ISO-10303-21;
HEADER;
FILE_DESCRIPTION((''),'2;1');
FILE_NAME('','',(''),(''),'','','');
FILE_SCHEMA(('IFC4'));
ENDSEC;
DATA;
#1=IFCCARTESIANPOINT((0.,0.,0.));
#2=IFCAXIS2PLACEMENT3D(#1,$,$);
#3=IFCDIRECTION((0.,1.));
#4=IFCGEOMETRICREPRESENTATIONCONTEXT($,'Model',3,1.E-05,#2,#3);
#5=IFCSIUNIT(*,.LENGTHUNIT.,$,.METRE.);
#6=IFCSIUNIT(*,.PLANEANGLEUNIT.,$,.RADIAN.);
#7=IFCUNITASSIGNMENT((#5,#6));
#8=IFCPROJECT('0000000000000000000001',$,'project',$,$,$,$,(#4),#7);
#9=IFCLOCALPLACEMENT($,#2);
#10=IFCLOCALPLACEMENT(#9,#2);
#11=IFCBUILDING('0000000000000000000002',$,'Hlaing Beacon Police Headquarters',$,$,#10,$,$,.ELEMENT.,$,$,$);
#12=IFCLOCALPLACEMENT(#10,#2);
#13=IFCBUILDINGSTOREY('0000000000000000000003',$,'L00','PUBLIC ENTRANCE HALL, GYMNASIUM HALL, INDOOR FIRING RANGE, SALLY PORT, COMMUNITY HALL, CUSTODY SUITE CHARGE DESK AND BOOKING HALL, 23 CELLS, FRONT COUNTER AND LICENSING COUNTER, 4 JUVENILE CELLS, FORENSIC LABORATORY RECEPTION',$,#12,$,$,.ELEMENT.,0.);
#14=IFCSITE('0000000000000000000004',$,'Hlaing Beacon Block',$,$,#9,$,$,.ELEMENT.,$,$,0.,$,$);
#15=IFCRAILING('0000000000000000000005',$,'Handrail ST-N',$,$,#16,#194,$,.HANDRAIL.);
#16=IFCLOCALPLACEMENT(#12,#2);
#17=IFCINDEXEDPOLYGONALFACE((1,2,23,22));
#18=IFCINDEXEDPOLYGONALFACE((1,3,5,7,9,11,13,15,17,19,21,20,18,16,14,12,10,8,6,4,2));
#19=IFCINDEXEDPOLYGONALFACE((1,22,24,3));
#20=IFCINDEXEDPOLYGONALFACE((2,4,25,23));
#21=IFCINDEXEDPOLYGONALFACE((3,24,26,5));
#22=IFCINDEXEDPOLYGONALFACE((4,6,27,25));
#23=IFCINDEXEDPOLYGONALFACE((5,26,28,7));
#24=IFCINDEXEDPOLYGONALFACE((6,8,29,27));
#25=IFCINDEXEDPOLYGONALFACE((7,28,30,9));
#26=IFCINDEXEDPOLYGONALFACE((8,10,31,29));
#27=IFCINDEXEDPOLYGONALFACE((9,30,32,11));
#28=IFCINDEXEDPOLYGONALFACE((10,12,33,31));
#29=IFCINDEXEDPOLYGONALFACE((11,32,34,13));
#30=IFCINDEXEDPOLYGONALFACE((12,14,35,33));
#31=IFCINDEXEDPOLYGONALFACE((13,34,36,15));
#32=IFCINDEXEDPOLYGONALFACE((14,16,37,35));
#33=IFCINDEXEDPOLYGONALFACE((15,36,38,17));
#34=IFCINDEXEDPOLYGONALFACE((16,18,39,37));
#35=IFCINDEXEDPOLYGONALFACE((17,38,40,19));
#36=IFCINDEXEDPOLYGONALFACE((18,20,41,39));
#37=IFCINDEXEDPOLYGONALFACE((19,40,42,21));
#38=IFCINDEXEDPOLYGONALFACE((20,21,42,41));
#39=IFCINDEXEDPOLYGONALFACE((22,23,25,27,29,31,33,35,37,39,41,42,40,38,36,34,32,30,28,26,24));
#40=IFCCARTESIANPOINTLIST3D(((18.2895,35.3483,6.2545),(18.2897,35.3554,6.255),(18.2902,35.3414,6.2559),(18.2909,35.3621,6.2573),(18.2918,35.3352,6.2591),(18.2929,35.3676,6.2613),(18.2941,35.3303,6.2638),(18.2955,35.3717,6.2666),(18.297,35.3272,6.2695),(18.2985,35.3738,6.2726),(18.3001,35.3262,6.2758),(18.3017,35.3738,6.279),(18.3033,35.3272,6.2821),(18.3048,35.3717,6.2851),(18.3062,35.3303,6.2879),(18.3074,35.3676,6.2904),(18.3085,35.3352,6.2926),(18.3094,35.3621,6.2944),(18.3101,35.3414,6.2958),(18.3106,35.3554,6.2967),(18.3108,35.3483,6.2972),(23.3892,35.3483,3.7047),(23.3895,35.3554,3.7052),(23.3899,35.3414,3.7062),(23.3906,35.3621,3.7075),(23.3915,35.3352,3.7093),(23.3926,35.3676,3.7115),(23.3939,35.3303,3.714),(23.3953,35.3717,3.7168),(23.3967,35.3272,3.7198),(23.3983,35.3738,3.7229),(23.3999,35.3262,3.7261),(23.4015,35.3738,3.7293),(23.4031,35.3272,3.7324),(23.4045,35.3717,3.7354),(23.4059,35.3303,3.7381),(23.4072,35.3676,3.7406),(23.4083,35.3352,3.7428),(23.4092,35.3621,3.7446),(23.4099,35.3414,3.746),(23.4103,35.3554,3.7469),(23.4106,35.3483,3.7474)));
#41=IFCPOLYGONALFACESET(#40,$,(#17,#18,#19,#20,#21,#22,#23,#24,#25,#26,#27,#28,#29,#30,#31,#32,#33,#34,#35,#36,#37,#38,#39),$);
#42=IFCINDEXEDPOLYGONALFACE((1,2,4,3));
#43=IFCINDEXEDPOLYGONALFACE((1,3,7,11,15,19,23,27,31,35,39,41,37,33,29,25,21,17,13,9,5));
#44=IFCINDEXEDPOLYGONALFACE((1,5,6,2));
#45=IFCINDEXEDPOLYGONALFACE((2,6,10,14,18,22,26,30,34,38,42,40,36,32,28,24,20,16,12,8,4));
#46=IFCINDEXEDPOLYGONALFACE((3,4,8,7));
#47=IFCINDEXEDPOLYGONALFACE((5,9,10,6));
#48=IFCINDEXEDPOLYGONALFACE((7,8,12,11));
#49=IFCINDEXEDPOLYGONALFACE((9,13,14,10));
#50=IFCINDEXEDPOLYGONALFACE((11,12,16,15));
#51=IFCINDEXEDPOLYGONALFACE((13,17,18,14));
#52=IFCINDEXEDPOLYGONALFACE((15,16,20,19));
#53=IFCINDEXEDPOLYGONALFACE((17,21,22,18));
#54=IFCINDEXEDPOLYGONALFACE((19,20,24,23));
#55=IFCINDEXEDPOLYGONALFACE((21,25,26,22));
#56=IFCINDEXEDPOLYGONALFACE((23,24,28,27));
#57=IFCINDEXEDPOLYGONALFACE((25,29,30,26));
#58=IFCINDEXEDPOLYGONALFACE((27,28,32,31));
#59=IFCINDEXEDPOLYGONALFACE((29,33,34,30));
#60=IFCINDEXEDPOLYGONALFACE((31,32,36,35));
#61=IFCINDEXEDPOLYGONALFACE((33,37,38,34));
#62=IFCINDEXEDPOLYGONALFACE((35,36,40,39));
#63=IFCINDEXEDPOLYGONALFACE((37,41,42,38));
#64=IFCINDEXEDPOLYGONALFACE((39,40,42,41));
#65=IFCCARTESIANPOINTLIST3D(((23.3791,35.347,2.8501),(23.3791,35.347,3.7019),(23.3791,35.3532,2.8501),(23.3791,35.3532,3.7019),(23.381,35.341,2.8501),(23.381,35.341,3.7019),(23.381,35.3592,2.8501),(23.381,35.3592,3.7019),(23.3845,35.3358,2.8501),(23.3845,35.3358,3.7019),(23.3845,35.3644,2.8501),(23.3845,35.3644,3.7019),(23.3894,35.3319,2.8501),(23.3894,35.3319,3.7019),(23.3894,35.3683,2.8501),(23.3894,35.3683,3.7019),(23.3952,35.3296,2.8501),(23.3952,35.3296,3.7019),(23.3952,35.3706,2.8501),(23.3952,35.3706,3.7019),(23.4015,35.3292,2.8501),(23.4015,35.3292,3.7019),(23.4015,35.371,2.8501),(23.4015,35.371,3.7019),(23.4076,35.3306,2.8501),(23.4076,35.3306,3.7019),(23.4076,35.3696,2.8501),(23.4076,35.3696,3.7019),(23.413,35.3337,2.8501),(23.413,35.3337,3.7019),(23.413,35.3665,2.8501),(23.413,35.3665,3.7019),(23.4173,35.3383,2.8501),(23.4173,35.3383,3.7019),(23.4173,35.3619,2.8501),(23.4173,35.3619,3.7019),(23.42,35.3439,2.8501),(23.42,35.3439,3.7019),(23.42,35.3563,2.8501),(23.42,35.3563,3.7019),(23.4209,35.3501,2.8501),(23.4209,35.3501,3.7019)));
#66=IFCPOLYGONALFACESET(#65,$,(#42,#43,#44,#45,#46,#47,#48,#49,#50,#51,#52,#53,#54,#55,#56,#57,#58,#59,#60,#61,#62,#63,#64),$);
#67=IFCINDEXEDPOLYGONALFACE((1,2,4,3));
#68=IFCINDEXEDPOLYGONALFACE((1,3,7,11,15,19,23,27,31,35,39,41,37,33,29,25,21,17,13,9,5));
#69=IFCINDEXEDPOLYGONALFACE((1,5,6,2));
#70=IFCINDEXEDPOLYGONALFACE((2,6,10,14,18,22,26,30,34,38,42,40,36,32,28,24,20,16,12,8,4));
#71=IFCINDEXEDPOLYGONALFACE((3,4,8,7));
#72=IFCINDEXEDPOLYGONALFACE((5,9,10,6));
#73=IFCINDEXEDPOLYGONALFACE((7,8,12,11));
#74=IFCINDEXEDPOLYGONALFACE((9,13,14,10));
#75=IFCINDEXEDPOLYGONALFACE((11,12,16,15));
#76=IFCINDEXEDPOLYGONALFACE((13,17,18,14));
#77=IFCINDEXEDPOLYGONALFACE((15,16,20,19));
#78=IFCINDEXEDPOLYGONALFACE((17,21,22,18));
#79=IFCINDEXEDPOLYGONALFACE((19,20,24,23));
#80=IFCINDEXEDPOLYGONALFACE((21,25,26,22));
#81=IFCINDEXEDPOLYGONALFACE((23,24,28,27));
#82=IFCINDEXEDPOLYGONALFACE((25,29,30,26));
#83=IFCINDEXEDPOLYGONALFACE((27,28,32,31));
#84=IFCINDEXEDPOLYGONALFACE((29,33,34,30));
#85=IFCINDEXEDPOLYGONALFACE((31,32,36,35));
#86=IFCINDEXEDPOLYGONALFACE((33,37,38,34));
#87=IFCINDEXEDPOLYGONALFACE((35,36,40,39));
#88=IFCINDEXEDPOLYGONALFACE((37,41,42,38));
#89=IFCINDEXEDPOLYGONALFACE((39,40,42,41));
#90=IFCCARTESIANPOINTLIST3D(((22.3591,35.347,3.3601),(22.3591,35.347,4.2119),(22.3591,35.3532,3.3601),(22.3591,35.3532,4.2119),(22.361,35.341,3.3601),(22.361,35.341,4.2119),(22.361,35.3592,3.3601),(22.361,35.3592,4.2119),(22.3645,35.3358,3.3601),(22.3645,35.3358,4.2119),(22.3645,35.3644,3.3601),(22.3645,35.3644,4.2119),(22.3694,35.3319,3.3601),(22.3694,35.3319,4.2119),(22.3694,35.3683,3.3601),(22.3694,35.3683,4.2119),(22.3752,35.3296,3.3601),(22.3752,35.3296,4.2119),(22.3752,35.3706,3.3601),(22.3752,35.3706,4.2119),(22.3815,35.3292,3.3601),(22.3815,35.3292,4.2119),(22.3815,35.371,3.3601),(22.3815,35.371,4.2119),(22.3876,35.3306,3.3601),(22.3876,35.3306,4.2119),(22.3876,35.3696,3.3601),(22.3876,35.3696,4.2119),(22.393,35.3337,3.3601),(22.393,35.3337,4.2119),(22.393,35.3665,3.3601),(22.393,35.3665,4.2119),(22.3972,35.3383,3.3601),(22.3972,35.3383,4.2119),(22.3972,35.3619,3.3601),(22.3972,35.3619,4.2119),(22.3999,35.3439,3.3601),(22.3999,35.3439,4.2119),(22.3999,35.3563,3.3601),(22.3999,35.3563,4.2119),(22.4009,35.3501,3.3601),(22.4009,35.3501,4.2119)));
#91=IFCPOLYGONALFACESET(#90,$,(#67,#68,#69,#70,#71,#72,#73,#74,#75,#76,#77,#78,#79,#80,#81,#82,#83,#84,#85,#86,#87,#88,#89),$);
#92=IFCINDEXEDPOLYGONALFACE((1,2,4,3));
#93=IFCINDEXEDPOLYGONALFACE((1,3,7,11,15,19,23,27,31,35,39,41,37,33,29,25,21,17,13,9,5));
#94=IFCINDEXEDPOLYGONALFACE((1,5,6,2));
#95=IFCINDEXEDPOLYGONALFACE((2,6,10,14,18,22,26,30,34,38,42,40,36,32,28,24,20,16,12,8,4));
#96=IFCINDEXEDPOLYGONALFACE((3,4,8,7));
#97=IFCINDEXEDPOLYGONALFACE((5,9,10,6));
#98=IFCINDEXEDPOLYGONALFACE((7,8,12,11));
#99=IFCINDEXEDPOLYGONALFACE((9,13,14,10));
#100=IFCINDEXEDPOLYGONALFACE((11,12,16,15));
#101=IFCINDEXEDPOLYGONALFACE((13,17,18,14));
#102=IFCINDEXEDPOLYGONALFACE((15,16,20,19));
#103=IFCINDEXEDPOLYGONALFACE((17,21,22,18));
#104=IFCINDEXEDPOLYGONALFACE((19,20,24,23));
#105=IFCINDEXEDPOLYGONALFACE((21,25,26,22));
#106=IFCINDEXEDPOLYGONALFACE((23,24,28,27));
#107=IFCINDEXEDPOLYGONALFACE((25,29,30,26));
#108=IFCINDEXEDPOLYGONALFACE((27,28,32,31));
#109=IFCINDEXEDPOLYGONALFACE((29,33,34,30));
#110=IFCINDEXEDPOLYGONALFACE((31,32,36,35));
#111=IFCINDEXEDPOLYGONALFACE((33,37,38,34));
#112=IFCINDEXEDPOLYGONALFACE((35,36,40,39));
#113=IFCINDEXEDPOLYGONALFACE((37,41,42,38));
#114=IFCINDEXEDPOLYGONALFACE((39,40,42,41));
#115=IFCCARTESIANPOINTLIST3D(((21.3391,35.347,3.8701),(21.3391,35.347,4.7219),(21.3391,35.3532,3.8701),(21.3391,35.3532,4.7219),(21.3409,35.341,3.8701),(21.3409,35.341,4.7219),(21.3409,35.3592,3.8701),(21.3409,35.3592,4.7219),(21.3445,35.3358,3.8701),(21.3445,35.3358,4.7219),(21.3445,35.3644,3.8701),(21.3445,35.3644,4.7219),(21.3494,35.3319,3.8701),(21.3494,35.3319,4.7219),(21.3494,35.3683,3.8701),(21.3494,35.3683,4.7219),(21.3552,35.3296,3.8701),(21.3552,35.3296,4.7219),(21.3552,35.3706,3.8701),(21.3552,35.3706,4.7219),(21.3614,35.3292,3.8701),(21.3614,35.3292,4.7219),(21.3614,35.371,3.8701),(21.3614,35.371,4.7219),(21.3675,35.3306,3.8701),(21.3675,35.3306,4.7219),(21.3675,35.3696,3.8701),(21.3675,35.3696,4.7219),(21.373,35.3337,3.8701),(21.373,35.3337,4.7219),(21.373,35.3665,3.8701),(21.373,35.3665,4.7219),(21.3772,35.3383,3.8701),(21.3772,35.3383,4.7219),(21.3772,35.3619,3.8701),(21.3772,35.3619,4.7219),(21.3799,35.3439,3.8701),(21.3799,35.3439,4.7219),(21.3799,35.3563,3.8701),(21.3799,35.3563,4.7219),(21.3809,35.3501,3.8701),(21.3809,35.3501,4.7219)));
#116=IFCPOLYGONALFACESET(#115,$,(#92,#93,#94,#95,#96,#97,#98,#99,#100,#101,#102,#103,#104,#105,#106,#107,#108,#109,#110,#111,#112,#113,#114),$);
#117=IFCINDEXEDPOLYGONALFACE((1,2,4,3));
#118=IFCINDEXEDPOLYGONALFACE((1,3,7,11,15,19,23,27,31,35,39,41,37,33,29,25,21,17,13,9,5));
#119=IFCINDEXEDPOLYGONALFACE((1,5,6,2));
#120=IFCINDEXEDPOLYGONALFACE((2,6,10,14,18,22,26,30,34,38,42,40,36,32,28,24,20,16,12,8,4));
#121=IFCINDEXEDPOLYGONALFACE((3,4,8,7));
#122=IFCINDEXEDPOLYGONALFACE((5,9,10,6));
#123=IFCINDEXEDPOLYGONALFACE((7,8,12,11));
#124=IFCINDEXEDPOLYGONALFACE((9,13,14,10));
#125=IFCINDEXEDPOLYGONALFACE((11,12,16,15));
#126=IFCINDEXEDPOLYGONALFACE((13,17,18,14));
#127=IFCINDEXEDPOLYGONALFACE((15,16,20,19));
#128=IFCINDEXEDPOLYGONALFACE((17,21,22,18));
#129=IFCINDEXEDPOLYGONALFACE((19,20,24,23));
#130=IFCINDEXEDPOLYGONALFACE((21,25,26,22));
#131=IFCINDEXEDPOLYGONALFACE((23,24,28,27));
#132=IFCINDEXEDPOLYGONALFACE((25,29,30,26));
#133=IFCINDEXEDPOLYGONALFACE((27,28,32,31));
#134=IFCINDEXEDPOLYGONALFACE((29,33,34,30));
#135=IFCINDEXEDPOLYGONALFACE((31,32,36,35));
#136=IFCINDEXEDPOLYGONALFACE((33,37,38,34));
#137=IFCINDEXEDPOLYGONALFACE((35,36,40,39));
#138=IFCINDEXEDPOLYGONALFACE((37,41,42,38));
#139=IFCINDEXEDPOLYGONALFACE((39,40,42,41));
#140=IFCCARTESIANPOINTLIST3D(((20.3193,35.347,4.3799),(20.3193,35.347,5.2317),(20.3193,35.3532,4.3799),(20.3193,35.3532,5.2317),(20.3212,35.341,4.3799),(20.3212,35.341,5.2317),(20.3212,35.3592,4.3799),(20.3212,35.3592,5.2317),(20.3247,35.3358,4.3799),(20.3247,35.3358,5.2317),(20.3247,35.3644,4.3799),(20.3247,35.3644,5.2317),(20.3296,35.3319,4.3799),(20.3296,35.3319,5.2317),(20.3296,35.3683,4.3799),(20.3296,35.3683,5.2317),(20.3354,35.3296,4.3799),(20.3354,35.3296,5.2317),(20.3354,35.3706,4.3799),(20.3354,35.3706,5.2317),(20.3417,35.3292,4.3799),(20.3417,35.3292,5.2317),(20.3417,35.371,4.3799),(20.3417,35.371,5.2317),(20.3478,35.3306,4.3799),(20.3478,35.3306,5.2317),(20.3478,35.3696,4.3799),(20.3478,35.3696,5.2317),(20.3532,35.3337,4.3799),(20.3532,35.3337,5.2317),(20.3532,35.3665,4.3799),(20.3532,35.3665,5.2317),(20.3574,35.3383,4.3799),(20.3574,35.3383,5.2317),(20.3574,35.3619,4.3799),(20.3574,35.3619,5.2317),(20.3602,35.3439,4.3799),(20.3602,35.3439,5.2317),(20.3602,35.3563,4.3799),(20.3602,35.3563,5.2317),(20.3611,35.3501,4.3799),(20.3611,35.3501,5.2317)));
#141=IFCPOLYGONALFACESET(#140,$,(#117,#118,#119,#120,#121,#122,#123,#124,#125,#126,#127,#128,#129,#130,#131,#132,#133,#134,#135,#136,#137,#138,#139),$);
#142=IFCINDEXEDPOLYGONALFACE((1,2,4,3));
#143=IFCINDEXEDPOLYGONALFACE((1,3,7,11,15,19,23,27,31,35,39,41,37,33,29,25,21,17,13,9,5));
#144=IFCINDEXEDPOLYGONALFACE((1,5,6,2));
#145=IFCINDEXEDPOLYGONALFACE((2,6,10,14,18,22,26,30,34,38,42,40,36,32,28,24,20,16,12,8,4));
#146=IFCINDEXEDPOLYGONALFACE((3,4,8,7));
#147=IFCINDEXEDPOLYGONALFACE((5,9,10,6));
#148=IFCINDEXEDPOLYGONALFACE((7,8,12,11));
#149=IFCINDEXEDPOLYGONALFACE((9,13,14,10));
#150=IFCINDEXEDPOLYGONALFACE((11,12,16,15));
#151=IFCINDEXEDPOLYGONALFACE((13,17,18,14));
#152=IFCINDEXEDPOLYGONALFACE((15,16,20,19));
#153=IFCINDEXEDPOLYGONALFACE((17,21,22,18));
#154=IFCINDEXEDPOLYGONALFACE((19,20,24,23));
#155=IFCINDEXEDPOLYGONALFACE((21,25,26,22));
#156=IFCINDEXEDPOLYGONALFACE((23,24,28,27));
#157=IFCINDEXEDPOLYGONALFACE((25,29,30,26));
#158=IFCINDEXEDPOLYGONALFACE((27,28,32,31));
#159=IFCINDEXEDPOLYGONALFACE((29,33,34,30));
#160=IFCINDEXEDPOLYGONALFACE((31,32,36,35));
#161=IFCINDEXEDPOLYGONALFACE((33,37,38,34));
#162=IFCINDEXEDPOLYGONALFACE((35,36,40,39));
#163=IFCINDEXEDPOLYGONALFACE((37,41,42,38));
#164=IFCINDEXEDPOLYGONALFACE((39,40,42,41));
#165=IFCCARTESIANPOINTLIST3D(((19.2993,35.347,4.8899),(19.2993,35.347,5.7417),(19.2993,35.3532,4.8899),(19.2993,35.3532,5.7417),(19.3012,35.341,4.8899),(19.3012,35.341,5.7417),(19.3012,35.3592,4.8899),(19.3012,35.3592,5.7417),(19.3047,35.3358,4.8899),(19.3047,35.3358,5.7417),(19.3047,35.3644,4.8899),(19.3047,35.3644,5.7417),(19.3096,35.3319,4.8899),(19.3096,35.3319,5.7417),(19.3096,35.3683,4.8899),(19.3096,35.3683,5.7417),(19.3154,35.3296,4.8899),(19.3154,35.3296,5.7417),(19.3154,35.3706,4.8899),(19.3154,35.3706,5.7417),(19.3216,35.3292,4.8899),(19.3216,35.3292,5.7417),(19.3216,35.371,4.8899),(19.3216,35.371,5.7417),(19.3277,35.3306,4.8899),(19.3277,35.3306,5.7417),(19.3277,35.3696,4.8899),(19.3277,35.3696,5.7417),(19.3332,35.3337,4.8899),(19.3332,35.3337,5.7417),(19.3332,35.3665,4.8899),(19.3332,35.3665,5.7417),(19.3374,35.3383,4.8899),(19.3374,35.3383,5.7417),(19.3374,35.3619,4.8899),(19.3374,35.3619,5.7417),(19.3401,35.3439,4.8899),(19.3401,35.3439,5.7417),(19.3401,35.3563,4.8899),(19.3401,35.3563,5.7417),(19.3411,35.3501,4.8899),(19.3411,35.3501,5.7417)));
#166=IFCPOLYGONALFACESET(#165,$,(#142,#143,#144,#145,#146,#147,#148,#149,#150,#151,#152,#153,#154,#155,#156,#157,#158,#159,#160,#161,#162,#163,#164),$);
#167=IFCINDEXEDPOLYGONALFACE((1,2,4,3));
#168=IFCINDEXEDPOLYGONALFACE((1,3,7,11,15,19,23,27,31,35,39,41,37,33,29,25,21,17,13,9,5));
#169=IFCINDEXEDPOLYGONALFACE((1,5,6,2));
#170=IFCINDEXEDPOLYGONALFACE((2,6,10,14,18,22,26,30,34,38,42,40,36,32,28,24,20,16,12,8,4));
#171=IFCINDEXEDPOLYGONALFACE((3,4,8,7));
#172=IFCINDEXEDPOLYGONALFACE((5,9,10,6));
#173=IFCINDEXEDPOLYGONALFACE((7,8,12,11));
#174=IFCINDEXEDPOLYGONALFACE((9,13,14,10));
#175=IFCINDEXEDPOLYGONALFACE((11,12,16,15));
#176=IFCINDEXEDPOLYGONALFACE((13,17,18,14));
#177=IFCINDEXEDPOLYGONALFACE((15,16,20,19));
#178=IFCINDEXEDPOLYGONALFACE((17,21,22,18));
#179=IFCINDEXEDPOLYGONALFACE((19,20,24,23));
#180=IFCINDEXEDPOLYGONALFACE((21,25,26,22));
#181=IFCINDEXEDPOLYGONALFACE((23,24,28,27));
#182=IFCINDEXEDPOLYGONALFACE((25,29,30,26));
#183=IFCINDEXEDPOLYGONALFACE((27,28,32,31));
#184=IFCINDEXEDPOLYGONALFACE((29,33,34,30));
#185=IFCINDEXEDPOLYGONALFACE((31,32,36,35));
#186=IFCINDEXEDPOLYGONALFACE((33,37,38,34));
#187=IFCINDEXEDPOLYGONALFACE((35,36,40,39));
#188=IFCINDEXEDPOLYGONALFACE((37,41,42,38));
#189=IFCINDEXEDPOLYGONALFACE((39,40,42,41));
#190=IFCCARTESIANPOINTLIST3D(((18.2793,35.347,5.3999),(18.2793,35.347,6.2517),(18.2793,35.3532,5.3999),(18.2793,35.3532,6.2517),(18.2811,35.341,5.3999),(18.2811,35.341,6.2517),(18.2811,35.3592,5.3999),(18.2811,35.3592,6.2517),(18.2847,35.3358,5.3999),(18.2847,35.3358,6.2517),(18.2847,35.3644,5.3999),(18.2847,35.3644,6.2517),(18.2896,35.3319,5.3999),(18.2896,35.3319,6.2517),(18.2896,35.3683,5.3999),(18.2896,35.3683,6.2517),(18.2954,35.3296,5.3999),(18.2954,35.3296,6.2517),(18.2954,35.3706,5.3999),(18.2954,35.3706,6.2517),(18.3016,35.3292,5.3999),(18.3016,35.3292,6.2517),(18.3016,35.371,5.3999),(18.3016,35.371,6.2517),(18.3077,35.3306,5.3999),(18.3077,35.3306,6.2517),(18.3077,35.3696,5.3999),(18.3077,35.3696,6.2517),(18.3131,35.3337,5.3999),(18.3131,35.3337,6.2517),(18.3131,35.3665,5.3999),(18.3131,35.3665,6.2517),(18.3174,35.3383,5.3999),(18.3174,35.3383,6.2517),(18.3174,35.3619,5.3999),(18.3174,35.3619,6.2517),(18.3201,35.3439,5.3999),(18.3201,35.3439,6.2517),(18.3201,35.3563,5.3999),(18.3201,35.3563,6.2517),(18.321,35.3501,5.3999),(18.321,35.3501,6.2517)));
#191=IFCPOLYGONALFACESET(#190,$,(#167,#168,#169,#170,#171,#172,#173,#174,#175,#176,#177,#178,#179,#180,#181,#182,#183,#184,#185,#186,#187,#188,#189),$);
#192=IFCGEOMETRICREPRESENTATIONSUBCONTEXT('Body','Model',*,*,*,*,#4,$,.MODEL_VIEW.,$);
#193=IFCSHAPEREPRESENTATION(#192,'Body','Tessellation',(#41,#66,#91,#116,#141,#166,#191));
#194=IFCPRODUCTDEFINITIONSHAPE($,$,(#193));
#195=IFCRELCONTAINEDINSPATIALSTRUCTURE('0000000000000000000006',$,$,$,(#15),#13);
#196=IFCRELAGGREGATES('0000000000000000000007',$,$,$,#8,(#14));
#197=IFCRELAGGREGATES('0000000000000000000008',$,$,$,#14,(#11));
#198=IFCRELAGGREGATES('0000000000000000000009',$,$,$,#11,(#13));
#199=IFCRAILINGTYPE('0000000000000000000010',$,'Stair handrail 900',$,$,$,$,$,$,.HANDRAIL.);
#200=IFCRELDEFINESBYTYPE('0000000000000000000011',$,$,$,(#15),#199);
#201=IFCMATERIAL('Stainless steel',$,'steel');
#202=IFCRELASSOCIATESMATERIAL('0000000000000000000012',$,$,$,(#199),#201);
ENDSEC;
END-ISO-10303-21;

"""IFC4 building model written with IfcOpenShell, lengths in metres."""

from ifc_helpers import new_model, si_unit, direction, frame, origin, origin_2d, place, context, subcontext, project, spatial, circle, extrude, material, type_object, element, save


model = new_model("IFC4")

# Units and contexts
model_context = context("Model", 3, precision=1e-05, world=origin(), true_north=direction((0.0, 1.0)))
body_context = subcontext(model_context, "Body", "Model", "MODEL_VIEW")
ifc_project = project(units=[si_unit("LENGTHUNIT", "METRE"), si_unit("PLANEANGLEUNIT", "RADIAN")], contexts=[model_context])

# Site, building, storey
site_placement = place(None, origin())
site = spatial("IfcSite", under=ifc_project, at=site_placement, Name="Hlaing Beacon Block", CompositionType="ELEMENT", RefElevation=0.0)
building_placement = place(site_placement, origin())
building = spatial("IfcBuilding", under=site, at=building_placement, Name="Hlaing Beacon Police Headquarters", CompositionType="ELEMENT")
storey_placement = place(building_placement, origin())
storey = spatial("IfcBuildingStorey", under=building, at=storey_placement, Name="L00", Description="PUBLIC ENTRANCE HALL, GYMNASIUM HALL, INDOOR FIRING RANGE, SALLY PORT, COMMUNITY HALL, CUSTODY SUITE CHARGE DESK AND BOOKING HALL, 23 CELLS, FRONT COUNTER AND LICENSING COUNTER, 4 JUVENILE CELLS, FORENSIC LABORATORY RECEPTION", CompositionType="ELEMENT", Elevation=0.0)

# Railing
ifc_material_1 = material(Name="Stainless steel", Category="steel")
railing_type = type_object("IfcRailingType", Name="Stair handrail 900", PredefinedType="HANDRAIL", material=ifc_material_1)
for number, where, name in (
    (1, (23.3999, 35.3501, 2.8501), "Handrail ST-N"),
):
    element("IfcRailing", number, at=place(storey_placement, frame(where)), inside=storey, type_object=railing_type, Name=name, PredefinedType="HANDRAIL", context=body_context, shape_type="SweptSolid", body=[
        extrude(circle(Radius=0.0239, at=origin_2d()), frame((0.0, 0.0, 0.876), z_axis=(-0.894436, 0.0, 0.447196), x_axis=(0.0, -1.0, 0.0)), (0.0, 0.0, 1.0), 5.7017),
        extrude(circle(Radius=0.021, at=origin_2d()), origin(), (0.0, 0.0, 1.0), 0.8518),
        extrude(circle(Radius=0.021, at=origin_2d()), frame((-1.02, 0.0, 0.51)), (0.0, 0.0, 1.0), 0.8518),
        extrude(circle(Radius=0.021, at=origin_2d()), frame((-2.04, 0.0, 1.02)), (0.0, 0.0, 1.0), 0.8518),
        extrude(circle(Radius=0.021, at=origin_2d()), frame((-3.0598, 0.0, 1.5298)), (0.0, 0.0, 1.0), 0.8518),
        extrude(circle(Radius=0.021, at=origin_2d()), frame((-4.0798, 0.0, 2.0398)), (0.0, 0.0, 1.0), 0.8518),
        extrude(circle(Radius=0.021, at=origin_2d()), frame((-5.0999, 0.0, 2.5498)), (0.0, 0.0, 1.0), 0.8518),
    ])

save(model, "model.ifc")
